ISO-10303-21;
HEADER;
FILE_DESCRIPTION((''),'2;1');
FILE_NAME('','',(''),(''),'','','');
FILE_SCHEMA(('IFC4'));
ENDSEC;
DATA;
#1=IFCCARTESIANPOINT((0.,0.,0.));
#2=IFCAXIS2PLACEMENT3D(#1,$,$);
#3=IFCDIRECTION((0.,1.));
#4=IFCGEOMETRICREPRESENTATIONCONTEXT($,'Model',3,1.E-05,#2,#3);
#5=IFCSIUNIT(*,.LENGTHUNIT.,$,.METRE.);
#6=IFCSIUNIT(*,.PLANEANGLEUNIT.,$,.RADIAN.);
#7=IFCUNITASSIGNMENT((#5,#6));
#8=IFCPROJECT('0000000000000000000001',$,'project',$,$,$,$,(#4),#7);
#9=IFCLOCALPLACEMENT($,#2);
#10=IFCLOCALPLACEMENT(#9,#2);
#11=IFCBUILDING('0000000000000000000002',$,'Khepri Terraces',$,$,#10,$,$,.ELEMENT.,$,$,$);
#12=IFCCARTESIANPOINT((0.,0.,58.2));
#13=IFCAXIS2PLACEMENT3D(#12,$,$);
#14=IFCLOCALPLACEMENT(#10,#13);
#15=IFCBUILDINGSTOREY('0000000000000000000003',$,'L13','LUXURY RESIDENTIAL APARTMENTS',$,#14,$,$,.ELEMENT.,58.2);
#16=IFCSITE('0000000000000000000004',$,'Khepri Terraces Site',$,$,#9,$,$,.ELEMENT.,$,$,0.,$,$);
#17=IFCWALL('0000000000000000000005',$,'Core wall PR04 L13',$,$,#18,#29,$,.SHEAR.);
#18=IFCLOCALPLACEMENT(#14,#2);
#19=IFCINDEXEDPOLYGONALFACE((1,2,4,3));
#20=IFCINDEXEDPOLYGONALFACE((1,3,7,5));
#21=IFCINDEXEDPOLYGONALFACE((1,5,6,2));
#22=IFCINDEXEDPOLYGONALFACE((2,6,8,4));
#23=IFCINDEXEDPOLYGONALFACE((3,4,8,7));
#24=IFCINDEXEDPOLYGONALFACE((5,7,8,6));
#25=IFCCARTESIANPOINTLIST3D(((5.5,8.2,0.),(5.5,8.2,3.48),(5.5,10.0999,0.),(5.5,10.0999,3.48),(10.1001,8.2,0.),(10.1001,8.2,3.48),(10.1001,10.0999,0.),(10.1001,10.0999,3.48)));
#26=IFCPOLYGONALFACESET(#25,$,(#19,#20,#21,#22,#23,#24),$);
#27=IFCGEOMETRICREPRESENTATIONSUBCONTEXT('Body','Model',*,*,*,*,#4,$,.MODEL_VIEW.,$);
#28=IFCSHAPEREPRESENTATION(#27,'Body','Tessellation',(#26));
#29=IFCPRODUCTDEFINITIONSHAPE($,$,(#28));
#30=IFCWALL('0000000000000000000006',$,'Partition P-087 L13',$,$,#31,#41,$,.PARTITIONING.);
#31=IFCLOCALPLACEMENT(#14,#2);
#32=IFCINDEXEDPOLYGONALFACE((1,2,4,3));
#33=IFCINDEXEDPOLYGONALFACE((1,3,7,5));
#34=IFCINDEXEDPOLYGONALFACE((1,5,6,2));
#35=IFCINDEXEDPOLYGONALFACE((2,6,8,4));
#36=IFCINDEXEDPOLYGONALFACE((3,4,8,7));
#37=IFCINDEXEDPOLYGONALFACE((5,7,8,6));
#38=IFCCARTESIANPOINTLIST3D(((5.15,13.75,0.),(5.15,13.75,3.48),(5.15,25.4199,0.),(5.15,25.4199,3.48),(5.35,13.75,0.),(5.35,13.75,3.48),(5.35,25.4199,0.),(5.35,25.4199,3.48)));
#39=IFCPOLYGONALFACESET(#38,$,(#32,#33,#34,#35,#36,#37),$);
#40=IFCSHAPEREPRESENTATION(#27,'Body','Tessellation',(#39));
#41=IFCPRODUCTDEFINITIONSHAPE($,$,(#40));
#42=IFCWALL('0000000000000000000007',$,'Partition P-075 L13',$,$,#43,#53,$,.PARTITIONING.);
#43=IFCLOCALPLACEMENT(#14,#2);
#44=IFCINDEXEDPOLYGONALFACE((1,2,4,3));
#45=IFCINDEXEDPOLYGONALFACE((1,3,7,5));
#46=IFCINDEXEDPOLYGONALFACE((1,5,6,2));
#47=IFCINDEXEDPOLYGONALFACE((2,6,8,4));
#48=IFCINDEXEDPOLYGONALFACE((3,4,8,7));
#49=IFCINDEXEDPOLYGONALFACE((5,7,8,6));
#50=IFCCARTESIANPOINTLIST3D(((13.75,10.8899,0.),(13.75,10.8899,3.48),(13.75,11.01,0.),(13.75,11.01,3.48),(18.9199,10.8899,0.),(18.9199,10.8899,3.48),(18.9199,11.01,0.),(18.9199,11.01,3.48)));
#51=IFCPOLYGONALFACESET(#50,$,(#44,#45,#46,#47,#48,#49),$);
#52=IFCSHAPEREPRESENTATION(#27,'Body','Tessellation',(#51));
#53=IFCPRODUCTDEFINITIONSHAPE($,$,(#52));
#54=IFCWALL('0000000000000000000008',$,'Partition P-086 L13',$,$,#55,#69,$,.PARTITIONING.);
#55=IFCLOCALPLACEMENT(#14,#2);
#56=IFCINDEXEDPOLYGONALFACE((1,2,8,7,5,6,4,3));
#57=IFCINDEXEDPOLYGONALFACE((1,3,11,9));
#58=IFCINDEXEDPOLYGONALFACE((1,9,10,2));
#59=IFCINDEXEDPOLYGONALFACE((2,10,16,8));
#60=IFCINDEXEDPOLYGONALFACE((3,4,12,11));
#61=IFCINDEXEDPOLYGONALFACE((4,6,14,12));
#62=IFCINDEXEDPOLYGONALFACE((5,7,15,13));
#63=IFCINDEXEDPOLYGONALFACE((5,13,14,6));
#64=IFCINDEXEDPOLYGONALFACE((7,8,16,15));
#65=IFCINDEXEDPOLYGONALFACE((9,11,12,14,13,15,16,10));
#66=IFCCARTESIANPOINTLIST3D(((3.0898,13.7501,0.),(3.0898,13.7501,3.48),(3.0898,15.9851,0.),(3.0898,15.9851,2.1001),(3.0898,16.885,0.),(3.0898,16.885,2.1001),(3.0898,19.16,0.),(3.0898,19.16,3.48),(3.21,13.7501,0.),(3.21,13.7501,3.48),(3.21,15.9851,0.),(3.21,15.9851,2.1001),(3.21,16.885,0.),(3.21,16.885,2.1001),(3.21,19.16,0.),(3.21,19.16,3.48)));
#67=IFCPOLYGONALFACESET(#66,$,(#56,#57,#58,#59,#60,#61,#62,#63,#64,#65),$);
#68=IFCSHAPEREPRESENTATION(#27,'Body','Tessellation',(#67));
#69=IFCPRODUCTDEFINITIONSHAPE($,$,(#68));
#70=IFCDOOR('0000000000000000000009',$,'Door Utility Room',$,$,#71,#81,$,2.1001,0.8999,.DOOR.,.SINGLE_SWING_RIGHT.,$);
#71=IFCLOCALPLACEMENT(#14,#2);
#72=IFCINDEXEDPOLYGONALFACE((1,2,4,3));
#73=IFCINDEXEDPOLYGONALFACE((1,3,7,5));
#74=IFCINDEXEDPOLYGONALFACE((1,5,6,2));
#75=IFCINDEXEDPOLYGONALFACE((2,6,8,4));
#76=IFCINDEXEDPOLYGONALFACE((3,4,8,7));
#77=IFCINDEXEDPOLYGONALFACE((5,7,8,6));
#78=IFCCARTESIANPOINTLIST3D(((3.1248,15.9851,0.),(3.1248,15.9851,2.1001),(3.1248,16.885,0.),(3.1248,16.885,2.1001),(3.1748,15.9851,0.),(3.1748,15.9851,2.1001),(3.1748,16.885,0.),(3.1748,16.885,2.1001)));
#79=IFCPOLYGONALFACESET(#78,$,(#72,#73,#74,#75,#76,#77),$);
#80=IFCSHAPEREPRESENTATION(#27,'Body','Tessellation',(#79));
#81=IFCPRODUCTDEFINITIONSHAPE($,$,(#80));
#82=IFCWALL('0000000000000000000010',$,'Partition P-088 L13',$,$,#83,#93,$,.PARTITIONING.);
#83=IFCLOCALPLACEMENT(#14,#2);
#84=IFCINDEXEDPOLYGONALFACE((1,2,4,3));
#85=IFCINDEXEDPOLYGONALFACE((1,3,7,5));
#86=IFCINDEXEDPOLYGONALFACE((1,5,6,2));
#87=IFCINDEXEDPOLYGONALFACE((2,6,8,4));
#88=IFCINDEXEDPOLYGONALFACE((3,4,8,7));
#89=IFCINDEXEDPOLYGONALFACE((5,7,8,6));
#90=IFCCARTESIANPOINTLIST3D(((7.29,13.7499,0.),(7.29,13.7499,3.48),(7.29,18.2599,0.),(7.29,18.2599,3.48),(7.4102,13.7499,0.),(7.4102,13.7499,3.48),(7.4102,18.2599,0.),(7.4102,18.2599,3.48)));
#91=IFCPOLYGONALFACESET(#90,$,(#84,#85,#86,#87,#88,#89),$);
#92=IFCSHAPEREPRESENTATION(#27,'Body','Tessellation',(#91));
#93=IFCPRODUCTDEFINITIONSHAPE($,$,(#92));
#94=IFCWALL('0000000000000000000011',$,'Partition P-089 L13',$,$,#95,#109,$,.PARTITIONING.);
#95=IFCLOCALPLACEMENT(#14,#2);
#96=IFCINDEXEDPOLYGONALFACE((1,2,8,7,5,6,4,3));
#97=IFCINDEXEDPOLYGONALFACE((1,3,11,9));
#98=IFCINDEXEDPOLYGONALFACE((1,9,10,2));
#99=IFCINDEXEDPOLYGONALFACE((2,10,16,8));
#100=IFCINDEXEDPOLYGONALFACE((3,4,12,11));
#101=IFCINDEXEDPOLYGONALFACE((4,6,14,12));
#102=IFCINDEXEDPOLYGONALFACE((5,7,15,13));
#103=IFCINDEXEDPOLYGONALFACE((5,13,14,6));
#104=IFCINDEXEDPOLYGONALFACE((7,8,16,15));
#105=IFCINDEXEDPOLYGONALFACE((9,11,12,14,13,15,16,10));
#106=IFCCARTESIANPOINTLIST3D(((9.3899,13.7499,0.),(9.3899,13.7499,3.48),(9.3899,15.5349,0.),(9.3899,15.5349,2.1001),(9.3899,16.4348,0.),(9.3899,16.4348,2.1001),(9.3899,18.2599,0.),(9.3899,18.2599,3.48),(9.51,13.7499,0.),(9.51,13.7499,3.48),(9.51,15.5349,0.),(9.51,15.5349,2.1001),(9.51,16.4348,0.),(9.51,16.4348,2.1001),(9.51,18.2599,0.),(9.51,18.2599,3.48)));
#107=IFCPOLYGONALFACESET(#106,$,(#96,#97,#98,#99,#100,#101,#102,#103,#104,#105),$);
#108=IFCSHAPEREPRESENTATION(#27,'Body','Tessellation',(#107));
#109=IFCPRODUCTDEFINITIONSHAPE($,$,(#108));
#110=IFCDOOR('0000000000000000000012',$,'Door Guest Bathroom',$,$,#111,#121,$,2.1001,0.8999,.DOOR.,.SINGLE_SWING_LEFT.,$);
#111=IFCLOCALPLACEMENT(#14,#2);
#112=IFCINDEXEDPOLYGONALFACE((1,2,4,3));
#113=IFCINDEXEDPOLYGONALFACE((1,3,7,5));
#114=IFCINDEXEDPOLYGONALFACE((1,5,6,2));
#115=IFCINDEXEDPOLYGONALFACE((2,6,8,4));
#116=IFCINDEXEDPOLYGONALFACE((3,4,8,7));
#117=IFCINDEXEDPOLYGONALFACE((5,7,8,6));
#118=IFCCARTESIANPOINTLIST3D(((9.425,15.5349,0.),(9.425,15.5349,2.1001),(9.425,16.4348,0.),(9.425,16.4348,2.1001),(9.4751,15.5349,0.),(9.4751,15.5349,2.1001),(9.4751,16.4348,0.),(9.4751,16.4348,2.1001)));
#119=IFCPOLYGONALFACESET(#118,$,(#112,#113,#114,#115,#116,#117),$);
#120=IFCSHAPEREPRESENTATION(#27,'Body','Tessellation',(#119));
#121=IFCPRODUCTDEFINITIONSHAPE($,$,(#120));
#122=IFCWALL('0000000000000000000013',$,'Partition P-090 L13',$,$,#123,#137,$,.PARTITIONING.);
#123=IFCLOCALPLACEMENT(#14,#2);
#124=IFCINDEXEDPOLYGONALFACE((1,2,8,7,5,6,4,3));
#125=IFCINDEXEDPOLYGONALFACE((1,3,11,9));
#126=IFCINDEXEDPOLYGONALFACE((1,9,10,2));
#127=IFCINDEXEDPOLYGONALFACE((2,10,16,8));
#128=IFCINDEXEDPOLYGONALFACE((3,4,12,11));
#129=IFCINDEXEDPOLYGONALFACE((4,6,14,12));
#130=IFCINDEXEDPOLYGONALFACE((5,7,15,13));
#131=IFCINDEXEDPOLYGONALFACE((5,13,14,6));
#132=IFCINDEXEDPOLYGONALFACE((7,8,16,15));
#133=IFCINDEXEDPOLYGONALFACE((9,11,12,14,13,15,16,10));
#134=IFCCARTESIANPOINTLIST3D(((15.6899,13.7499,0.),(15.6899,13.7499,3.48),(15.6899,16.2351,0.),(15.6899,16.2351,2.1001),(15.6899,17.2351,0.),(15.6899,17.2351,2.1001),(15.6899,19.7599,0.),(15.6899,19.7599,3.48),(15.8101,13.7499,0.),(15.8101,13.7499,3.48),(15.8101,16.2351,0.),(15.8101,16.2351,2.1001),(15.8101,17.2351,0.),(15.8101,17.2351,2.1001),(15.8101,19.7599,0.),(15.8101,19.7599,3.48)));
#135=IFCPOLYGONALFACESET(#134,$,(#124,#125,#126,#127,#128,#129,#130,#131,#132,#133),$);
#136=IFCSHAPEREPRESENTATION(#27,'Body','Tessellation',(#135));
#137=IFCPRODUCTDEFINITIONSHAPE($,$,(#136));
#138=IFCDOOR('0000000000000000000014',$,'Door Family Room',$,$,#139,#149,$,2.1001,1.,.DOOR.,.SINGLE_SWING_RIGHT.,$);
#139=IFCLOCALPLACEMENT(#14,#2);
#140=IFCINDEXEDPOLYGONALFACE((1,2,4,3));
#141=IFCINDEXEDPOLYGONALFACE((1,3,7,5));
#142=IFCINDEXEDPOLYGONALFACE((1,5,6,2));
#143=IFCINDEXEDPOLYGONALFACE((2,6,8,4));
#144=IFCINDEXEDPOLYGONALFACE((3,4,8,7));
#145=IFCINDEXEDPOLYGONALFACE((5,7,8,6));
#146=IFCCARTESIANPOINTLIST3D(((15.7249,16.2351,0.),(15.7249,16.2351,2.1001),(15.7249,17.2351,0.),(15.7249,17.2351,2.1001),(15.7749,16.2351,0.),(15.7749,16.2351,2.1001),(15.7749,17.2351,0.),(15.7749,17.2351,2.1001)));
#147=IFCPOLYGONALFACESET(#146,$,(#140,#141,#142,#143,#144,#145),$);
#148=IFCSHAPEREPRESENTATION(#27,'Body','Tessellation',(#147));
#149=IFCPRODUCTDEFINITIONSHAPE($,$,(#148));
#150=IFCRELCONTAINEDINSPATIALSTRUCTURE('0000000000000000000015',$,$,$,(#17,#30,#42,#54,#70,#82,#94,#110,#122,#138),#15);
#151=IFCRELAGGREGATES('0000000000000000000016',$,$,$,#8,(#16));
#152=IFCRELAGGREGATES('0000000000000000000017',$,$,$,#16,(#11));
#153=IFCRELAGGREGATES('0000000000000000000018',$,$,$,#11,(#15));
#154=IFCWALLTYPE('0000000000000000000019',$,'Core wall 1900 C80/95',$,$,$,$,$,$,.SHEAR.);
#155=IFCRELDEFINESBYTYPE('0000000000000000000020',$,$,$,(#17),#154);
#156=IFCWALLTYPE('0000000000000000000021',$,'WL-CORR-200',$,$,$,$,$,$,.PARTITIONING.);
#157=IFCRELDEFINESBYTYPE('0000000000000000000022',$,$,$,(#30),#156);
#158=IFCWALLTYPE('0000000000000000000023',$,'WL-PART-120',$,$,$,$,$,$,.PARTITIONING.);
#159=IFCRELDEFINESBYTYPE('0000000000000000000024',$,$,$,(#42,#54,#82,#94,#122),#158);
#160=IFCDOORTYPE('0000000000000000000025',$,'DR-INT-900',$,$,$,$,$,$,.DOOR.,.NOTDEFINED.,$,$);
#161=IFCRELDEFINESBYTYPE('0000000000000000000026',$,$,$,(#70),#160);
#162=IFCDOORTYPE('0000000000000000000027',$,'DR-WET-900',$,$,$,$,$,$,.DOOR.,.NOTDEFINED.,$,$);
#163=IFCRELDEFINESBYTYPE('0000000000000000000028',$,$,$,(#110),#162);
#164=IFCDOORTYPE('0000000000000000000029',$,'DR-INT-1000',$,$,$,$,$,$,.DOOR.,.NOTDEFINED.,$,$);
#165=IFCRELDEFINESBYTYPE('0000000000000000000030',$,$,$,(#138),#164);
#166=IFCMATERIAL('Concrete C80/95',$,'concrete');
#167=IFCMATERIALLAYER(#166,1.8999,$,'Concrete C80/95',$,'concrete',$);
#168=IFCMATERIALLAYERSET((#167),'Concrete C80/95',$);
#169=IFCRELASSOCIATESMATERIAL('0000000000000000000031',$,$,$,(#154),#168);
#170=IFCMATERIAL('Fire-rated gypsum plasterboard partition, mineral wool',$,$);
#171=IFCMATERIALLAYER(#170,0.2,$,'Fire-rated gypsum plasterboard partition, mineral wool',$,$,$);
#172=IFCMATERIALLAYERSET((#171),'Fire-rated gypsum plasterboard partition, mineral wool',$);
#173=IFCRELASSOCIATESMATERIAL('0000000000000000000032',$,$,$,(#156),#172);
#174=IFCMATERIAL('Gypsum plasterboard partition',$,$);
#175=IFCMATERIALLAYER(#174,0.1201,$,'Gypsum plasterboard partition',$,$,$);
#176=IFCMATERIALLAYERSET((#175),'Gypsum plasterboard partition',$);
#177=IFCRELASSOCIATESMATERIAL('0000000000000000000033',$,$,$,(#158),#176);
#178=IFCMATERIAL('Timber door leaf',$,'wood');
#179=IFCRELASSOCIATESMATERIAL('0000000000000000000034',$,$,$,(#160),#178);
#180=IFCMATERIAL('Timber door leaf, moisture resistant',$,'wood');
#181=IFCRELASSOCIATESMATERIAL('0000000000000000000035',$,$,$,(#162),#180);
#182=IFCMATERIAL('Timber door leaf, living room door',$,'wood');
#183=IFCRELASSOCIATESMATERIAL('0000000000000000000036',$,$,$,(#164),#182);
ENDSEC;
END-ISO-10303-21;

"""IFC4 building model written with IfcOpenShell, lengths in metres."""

from ifc_helpers import new_model, si_unit, direction, frame, frame_2d, origin, place, context, subcontext, project, spatial, rectangle, extrude, material, layer, layer_set, type_object, element, fill, save


model = new_model("IFC4")

# Units and contexts
model_context = context("Model", 3, precision=1e-05, world=origin(), true_north=direction((0.0, 1.0)))
body_context = subcontext(model_context, "Body", "Model", "MODEL_VIEW")
ifc_project = project(units=[si_unit("LENGTHUNIT", "METRE"), si_unit("PLANEANGLEUNIT", "RADIAN")], contexts=[model_context])

# Site, building, storey
site_placement = place(None, origin())
site = spatial("IfcSite", under=ifc_project, at=site_placement, Name="Khepri Terraces Site", CompositionType="ELEMENT", RefElevation=0.0)
building_placement = place(site_placement, origin())
building = spatial("IfcBuilding", under=site, at=building_placement, Name="Khepri Terraces", CompositionType="ELEMENT")
storey_placement = place(building_placement, frame((0.0, 0.0, 58.2)))
storey = spatial("IfcBuildingStorey", under=building, at=storey_placement, Name="L13", Description="LUXURY RESIDENTIAL APARTMENTS", CompositionType="ELEMENT", Elevation=58.2)

# Walls
ifc_material_1 = material(Name="Concrete C80/95", Category="concrete")
ifc_layer_1 = layer(ifc_material_1, 1.8999, Name="Concrete C80/95", Category="concrete")
ifc_layer_set_1 = layer_set([ifc_layer_1], Name="Concrete C80/95")
wall_type_1 = type_object("IfcWallType", Name="Core wall 1900 C80/95", PredefinedType="SHEAR", material=ifc_layer_set_1)
wall_1_placement = place(storey_placement, frame((5.5, 9.1499, 0.0), z_axis=(0.0, 0.0, 1.0), x_axis=(1.0, 0.0, 0.0)))
element("IfcWall", 1, at=wall_1_placement, inside=storey, type_object=wall_type_1, Name="Core wall PR04 L13", PredefinedType="SHEAR", context=body_context, shape_type="SweptSolid", body=[
    extrude(rectangle(XDim=4.6001, YDim=1.8999, at=frame_2d((2.3, 0.0))), origin(), (0.0, 0.0, 1.0), 3.48),
])
ifc_material_2 = material(Name="Fire-rated gypsum plasterboard partition, mineral wool")
ifc_layer_2 = layer(ifc_material_2, 0.2, Name="Fire-rated gypsum plasterboard partition, mineral wool")
ifc_layer_set_2 = layer_set([ifc_layer_2], Name="Fire-rated gypsum plasterboard partition, mineral wool")
wall_type_2 = type_object("IfcWallType", Name="WL-CORR-200", PredefinedType="PARTITIONING", material=ifc_layer_set_2)
wall_2_placement = place(storey_placement, frame((5.25, 13.75, 0.0), z_axis=(0.0, 0.0, 1.0), x_axis=(0.0, 1.0, 0.0)))
element("IfcWall", 2, at=wall_2_placement, inside=storey, type_object=wall_type_2, Name="Partition P-087 L13", PredefinedType="PARTITIONING", context=body_context, shape_type="SweptSolid", body=[
    extrude(rectangle(XDim=11.6699, YDim=0.2, at=frame_2d((5.835, 0.0))), origin(), (0.0, 0.0, 1.0), 3.48),
])
ifc_material_3 = material(Name="Gypsum plasterboard partition")
ifc_layer_3 = layer(ifc_material_3, 0.1201, Name="Gypsum plasterboard partition")
ifc_layer_set_3 = layer_set([ifc_layer_3], Name="Gypsum plasterboard partition")
wall_type_3 = type_object("IfcWallType", Name="WL-PART-120", PredefinedType="PARTITIONING", material=ifc_layer_set_3)
wall_3_placement = place(storey_placement, frame((13.75, 10.95, 0.0), z_axis=(0.0, 0.0, 1.0), x_axis=(1.0, 0.0, 0.0)))
element("IfcWall", 3, at=wall_3_placement, inside=storey, type_object=wall_type_3, Name="Partition P-075 L13", PredefinedType="PARTITIONING", context=body_context, shape_type="SweptSolid", body=[
    extrude(rectangle(XDim=5.1699, YDim=0.1201, at=frame_2d((2.585, 0.0))), origin(), (0.0, 0.0, 1.0), 3.48),
])

# Wall, opening, door
wall_4_placement = place(storey_placement, frame((3.1499, 13.75, 0.0), z_axis=(0.0, 0.0, 1.0), x_axis=(0.0, 1.0, 0.0)))
wall_4 = element("IfcWall", 4, at=wall_4_placement, inside=storey, type_object=wall_type_3, Name="Partition P-086 L13", PredefinedType="PARTITIONING", context=body_context, shape_type="SweptSolid", body=[
    extrude(rectangle(XDim=5.4099, YDim=0.1201, at=frame_2d((2.7051, 0.0))), origin(), (0.0, 0.0, 1.0), 3.48),
])
opening_1_placement = place(wall_4_placement, frame((2.2351, 0.0, 0.0)))
opening_1 = element("IfcOpeningElement", 5, at=opening_1_placement, cuts=wall_4, PredefinedType="OPENING", context=body_context, shape_type="SweptSolid", body=[
    extrude(rectangle(XDim=0.8999, YDim=2.1001, at=frame_2d((0.45, 1.05))), frame((0.0, 0.0701, 0.0), z_axis=(0.0, -1.0, 0.0), x_axis=(1.0, 0.0, 0.0)), (0.0, 0.0, 1.0), 0.1401),
])
ifc_material_4 = material(Name="Timber door leaf", Category="wood")
door_type_1 = type_object("IfcDoorType", Name="DR-INT-900", OperationType="NOTDEFINED", PredefinedType="DOOR", material=ifc_material_4)
door_1_placement = place(opening_1_placement, frame((0.8999, 0.0, 0.0), z_axis=(0.0, 0.0, 1.0), x_axis=(-1.0, 0.0, 0.0)))
door_1 = element("IfcDoor", 6, at=door_1_placement, inside=storey, type_object=door_type_1, Name="Door Utility Room", OperationType="SINGLE_SWING_RIGHT", OverallHeight=2.1001, OverallWidth=0.8999, PredefinedType="DOOR", context=body_context, shape_type="SweptSolid", body=[
    extrude(rectangle(XDim=0.8999, YDim=2.1001, at=frame_2d((0.45, 1.05))), frame((0.0, 0.0249, 0.0), z_axis=(0.0, -1.0, 0.0), x_axis=(1.0, 0.0, 0.0)), (0.0, 0.0, 1.0), 0.05),
])
fill(opening_1, door_1)

# Wall
wall_5_placement = place(storey_placement, frame((7.3501, 13.75, 0.0), z_axis=(0.0, 0.0, 1.0), x_axis=(0.0, 1.0, 0.0)))
element("IfcWall", 7, at=wall_5_placement, inside=storey, type_object=wall_type_3, Name="Partition P-088 L13", PredefinedType="PARTITIONING", context=body_context, shape_type="SweptSolid", body=[
    extrude(rectangle(XDim=4.51, YDim=0.1201, at=frame_2d((2.2549, 0.0))), origin(), (0.0, 0.0, 1.0), 3.48),
])

# Walls, openings, doors
wall_6_placement = place(storey_placement, frame((9.45, 13.75, 0.0), z_axis=(0.0, 0.0, 1.0), x_axis=(0.0, 1.0, 0.0)))
wall_6 = element("IfcWall", 8, at=wall_6_placement, inside=storey, type_object=wall_type_3, Name="Partition P-089 L13", PredefinedType="PARTITIONING", context=body_context, shape_type="SweptSolid", body=[
    extrude(rectangle(XDim=4.51, YDim=0.1201, at=frame_2d((2.2549, 0.0))), origin(), (0.0, 0.0, 1.0), 3.48),
])
opening_2_placement = place(wall_6_placement, frame((1.7849, 0.0, 0.0)))
opening_2 = element("IfcOpeningElement", 9, at=opening_2_placement, cuts=wall_6, PredefinedType="OPENING", context=body_context, shape_type="SweptSolid", body=[
    extrude(rectangle(XDim=0.8999, YDim=2.1001, at=frame_2d((0.45, 1.05))), frame((0.0, 0.0701, 0.0), z_axis=(0.0, -1.0, 0.0), x_axis=(1.0, 0.0, 0.0)), (0.0, 0.0, 1.0), 0.1401),
])
ifc_material_5 = material(Name="Timber door leaf, moisture resistant", Category="wood")
door_type_2 = type_object("IfcDoorType", Name="DR-WET-900", OperationType="NOTDEFINED", PredefinedType="DOOR", material=ifc_material_5)
door_2_placement = place(opening_2_placement, origin())
door_2 = element("IfcDoor", 10, at=door_2_placement, inside=storey, type_object=door_type_2, Name="Door Guest Bathroom", OperationType="SINGLE_SWING_LEFT", OverallHeight=2.1001, OverallWidth=0.8999, PredefinedType="DOOR", context=body_context, shape_type="SweptSolid", body=[
    extrude(rectangle(XDim=0.8999, YDim=2.1001, at=frame_2d((0.45, 1.05))), frame((0.0, 0.0249, 0.0), z_axis=(0.0, -1.0, 0.0), x_axis=(1.0, 0.0, 0.0)), (0.0, 0.0, 1.0), 0.05),
])
fill(opening_2, door_2)
wall_7_placement = place(storey_placement, frame((15.75, 13.75, 0.0), z_axis=(0.0, 0.0, 1.0), x_axis=(0.0, 1.0, 0.0)))
wall_7 = element("IfcWall", 11, at=wall_7_placement, inside=storey, type_object=wall_type_3, Name="Partition P-090 L13", PredefinedType="PARTITIONING", context=body_context, shape_type="SweptSolid", body=[
    extrude(rectangle(XDim=6.01, YDim=0.1201, at=frame_2d((3.0049, 0.0))), origin(), (0.0, 0.0, 1.0), 3.48),
])
opening_3_placement = place(wall_7_placement, frame((2.4851, 0.0, 0.0)))
opening_3 = element("IfcOpeningElement", 12, at=opening_3_placement, cuts=wall_7, PredefinedType="OPENING", context=body_context, shape_type="SweptSolid", body=[
    extrude(rectangle(XDim=1.0, YDim=2.1001, at=frame_2d((0.5, 1.05))), frame((0.0, 0.0701, 0.0), z_axis=(0.0, -1.0, 0.0), x_axis=(1.0, 0.0, 0.0)), (0.0, 0.0, 1.0), 0.1401),
])
ifc_material_6 = material(Name="Timber door leaf, living room door", Category="wood")
door_type_3 = type_object("IfcDoorType", Name="DR-INT-1000", OperationType="NOTDEFINED", PredefinedType="DOOR", material=ifc_material_6)
door_3_placement = place(opening_3_placement, frame((1.0, 0.0, 0.0), z_axis=(0.0, 0.0, 1.0), x_axis=(-1.0, 0.0, 0.0)))
door_3 = element("IfcDoor", 13, at=door_3_placement, inside=storey, type_object=door_type_3, Name="Door Family Room", OperationType="SINGLE_SWING_RIGHT", OverallHeight=2.1001, OverallWidth=1.0, PredefinedType="DOOR", context=body_context, shape_type="SweptSolid", body=[
    extrude(rectangle(XDim=1.0, YDim=2.1001, at=frame_2d((0.5, 1.05))), frame((0.0, 0.0249, 0.0), z_axis=(0.0, -1.0, 0.0), x_axis=(1.0, 0.0, 0.0)), (0.0, 0.0, 1.0), 0.05),
])
fill(opening_3, door_3)

save(model, "model.ifc")
